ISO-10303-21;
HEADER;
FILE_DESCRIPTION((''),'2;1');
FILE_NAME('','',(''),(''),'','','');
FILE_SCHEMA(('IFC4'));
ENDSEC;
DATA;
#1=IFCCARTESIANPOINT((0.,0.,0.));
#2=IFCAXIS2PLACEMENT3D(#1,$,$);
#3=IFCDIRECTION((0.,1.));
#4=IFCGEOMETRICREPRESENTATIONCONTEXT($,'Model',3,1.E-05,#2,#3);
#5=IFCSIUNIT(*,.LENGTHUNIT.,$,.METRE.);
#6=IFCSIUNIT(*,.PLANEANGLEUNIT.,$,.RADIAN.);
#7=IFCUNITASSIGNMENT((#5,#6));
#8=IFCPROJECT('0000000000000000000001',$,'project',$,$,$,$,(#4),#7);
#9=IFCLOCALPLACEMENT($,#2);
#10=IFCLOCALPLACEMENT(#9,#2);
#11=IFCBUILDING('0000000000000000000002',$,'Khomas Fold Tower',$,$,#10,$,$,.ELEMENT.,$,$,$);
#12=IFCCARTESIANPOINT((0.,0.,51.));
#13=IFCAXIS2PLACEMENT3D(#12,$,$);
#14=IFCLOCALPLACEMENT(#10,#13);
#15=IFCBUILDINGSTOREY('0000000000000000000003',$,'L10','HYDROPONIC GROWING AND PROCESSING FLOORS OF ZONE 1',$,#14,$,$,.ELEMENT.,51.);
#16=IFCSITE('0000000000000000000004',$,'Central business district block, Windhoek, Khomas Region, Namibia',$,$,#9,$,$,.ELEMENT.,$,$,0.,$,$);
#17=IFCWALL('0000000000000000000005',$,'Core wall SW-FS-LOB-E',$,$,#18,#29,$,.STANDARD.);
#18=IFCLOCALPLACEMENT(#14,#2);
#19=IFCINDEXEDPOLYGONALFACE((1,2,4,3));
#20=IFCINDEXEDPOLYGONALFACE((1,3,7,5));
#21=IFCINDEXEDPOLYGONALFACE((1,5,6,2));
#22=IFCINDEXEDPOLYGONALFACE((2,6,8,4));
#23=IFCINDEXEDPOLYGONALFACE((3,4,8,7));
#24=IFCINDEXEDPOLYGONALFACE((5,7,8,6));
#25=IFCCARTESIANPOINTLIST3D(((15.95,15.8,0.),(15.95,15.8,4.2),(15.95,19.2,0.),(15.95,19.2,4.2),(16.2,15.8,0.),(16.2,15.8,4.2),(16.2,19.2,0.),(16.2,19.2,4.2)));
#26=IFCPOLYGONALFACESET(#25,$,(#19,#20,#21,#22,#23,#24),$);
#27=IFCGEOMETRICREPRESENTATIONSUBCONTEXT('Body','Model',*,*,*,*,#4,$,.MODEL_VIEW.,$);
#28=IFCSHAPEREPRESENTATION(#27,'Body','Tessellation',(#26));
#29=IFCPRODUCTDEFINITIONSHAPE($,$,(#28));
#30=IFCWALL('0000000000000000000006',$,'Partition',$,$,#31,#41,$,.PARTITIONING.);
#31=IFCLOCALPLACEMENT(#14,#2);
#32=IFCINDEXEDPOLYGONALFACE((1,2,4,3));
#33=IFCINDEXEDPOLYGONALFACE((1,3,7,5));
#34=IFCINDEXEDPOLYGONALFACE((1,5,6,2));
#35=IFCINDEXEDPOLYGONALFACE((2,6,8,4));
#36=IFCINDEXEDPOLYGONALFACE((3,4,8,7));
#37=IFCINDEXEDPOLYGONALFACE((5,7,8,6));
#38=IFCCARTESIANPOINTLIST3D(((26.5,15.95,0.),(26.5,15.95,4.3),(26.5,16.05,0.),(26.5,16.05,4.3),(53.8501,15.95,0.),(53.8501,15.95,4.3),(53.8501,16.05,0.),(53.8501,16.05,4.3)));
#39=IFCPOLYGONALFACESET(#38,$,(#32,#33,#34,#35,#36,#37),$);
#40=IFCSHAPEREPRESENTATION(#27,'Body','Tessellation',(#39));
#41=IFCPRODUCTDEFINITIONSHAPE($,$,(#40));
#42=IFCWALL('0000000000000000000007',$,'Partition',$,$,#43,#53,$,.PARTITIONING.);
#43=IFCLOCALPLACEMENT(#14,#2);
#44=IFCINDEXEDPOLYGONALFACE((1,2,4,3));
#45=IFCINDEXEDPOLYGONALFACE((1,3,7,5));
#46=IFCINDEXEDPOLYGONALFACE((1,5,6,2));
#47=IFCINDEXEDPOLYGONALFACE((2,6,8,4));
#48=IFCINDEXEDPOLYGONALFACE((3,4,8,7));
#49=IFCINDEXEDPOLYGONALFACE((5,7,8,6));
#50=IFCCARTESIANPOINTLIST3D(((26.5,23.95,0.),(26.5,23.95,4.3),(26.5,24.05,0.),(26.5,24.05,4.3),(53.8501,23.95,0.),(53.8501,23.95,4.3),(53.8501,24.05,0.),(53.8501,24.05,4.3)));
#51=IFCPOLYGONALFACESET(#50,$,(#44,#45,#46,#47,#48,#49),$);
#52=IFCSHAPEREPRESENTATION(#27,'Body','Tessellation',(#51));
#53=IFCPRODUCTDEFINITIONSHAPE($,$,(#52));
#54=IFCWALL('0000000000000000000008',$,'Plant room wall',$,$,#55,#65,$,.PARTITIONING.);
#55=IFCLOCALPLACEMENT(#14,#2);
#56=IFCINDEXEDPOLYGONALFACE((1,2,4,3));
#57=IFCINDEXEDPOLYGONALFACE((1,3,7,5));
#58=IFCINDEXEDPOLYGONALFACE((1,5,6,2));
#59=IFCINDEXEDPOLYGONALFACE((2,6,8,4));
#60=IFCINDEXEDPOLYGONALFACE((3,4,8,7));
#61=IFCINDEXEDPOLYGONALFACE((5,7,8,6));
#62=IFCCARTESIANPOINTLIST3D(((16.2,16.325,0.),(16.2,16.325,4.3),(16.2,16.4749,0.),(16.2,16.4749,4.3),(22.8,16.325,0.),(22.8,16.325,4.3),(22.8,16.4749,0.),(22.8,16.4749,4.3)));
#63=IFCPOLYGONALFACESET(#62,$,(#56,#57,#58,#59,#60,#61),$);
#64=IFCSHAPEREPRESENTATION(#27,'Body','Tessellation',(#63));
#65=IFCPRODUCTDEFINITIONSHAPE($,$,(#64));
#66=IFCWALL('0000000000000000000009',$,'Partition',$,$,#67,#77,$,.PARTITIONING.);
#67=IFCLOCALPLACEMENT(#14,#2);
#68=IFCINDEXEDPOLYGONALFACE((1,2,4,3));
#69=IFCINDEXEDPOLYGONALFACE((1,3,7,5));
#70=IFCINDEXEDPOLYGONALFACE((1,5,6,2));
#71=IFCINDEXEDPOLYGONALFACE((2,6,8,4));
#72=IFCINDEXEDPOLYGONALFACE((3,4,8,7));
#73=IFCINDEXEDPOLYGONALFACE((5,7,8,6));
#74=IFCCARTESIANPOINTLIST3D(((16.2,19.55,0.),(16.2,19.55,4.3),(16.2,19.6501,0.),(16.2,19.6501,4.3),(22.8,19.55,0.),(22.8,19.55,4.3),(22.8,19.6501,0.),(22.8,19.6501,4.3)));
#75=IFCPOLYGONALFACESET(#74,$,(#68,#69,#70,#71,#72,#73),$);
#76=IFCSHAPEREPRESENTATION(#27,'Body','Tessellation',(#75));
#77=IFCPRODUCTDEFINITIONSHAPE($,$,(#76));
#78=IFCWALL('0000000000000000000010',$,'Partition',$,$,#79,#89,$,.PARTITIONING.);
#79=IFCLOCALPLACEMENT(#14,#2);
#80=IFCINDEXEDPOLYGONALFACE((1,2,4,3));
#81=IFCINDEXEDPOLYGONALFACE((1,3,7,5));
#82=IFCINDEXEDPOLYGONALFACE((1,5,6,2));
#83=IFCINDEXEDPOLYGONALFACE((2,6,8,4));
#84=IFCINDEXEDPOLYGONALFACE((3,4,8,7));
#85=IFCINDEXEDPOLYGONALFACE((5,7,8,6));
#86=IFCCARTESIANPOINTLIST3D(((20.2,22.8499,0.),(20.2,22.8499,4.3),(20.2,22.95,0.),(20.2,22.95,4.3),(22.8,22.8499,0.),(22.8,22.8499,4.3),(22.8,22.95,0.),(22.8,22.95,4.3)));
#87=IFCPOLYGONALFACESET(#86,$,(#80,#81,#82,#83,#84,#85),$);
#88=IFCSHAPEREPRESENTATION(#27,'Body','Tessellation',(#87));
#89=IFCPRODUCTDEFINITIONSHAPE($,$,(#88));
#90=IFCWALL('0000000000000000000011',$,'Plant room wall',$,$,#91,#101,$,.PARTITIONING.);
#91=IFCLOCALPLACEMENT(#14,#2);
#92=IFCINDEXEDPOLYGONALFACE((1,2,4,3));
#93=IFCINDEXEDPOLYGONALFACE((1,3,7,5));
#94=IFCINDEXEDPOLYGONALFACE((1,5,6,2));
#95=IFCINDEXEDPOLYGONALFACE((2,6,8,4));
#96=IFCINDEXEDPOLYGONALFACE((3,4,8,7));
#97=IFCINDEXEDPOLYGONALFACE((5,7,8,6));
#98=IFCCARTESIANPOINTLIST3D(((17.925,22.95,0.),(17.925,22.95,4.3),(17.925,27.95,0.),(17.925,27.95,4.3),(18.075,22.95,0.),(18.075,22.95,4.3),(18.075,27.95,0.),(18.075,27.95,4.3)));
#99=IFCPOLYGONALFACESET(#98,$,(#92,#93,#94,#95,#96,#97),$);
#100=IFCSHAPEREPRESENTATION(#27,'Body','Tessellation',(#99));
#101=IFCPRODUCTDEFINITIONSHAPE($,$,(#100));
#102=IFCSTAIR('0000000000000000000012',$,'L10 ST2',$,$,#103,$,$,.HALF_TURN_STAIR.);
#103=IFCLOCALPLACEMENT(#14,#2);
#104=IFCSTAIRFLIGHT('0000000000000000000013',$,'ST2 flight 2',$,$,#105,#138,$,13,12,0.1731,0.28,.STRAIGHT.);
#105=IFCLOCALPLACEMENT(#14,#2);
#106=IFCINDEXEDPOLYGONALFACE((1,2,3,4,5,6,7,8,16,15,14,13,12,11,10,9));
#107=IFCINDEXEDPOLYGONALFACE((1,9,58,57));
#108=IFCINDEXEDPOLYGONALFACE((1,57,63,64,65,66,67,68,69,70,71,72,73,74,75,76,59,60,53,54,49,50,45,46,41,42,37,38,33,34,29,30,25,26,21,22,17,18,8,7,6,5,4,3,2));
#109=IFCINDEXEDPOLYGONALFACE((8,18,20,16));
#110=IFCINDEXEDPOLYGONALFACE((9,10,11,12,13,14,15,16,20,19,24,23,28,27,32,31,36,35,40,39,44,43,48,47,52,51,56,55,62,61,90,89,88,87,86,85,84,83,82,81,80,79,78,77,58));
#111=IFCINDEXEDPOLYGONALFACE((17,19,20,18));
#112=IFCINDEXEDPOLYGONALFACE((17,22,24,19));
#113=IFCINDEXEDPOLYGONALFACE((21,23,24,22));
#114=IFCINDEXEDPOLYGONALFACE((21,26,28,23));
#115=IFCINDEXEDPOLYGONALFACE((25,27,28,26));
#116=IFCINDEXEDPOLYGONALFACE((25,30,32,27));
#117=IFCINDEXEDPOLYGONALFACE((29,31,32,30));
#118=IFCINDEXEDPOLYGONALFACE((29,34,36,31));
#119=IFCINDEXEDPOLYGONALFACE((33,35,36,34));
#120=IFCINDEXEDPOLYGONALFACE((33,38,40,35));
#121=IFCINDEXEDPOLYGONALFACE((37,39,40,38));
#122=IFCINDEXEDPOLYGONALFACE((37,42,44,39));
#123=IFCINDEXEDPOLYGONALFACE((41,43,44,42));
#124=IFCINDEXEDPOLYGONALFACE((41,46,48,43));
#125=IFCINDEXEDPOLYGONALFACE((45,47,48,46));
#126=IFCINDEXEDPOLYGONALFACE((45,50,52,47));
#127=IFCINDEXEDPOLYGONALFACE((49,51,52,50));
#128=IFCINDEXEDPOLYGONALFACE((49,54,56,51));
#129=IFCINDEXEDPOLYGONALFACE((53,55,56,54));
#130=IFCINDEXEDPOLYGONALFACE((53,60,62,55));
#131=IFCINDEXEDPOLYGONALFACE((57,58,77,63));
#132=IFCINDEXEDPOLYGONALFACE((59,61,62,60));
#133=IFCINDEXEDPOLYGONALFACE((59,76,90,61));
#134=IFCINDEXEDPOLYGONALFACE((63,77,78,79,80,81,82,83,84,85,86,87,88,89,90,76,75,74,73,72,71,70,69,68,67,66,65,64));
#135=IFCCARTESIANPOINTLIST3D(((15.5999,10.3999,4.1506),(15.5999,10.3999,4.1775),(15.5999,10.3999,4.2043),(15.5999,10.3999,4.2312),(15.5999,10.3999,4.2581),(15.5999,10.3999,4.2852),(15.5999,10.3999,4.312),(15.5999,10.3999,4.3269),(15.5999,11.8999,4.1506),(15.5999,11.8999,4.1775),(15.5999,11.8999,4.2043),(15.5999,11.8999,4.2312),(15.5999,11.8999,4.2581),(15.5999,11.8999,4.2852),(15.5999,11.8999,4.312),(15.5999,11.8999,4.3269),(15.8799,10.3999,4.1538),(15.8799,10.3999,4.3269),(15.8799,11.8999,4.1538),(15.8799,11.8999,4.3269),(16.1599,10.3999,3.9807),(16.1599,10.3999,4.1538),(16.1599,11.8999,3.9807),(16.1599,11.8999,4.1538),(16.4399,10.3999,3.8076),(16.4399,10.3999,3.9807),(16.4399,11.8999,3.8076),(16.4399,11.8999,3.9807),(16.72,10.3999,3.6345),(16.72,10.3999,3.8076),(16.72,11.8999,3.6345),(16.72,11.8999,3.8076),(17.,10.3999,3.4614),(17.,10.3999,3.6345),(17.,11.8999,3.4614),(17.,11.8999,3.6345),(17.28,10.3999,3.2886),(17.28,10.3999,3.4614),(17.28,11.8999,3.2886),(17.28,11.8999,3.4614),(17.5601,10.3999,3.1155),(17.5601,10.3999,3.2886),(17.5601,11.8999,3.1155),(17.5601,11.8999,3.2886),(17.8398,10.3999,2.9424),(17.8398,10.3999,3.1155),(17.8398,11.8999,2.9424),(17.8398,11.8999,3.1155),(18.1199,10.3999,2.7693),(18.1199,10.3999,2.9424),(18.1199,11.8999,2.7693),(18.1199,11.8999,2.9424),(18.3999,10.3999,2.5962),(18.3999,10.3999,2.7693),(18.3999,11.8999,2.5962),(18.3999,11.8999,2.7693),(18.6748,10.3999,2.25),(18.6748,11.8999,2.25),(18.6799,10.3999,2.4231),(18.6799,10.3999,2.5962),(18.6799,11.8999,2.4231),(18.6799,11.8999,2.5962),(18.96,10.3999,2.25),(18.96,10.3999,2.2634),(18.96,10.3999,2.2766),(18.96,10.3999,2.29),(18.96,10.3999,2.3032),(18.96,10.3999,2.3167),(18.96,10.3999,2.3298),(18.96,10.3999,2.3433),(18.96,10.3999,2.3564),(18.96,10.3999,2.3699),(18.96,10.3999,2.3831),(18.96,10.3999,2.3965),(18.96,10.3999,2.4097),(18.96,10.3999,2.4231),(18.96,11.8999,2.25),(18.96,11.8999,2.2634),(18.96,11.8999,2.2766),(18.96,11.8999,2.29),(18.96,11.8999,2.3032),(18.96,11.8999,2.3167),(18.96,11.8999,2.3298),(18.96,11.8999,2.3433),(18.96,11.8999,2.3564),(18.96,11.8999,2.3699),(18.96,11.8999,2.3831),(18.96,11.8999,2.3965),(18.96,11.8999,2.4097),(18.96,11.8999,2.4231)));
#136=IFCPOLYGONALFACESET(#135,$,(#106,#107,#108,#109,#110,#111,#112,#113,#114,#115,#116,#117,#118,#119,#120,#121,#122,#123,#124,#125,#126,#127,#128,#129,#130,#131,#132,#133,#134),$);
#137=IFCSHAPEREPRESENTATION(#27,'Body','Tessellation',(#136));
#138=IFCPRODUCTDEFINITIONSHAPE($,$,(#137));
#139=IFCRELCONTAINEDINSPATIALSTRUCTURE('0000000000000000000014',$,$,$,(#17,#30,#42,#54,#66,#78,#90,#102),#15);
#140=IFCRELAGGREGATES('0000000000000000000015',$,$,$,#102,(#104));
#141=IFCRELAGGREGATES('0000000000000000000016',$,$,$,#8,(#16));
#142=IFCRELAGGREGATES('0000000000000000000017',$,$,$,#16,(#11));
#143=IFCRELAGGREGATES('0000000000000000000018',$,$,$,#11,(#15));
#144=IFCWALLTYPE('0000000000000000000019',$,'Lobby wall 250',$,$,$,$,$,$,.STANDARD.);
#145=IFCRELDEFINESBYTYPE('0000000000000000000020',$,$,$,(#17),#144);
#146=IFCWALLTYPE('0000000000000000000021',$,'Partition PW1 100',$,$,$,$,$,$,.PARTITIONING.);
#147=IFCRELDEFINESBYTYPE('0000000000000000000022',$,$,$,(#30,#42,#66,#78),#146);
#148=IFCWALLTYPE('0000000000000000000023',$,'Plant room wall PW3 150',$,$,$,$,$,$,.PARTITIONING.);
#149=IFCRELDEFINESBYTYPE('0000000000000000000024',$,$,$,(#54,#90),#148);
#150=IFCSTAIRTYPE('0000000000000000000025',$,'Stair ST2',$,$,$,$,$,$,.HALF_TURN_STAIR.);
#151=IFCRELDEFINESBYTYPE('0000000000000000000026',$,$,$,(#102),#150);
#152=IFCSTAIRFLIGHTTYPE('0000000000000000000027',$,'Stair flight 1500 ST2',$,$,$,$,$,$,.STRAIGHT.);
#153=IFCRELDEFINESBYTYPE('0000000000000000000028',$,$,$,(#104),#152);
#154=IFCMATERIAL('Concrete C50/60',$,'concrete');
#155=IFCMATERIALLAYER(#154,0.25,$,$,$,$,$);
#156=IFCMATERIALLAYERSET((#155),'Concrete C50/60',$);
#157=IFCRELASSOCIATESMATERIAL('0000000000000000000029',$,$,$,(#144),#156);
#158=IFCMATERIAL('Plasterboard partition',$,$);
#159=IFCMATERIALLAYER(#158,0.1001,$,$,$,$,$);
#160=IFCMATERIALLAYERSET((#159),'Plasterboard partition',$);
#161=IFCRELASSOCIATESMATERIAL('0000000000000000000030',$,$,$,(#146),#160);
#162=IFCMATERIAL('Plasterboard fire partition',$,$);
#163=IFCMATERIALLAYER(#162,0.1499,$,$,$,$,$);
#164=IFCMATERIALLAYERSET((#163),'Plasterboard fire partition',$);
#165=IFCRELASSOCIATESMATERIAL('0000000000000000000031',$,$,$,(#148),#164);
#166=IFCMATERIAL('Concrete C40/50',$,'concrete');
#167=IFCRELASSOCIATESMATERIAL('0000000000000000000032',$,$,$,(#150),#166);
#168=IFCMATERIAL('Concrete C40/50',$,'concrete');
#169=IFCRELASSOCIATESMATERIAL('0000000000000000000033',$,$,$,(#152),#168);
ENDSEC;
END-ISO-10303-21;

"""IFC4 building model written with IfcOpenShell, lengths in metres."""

from ifc_helpers import new_model, si_unit, direction, frame, frame_2d, origin, place, context, subcontext, project, spatial, polyline, rectangle, outline, extrude, source, transform, mapped, material, layer, layer_set, type_object, element, aggregate, save


model = new_model("IFC4")

# Units and contexts
model_context = context("Model", 3, precision=1e-05, world=origin(), true_north=direction((0.0, 1.0)))
body_context = subcontext(model_context, "Body", "Model", "MODEL_VIEW")
ifc_project = project(units=[si_unit("LENGTHUNIT", "METRE"), si_unit("PLANEANGLEUNIT", "RADIAN")], contexts=[model_context])

# Site, building, storey
site_placement = place(None, origin())
site = spatial("IfcSite", under=ifc_project, at=site_placement, Name="Central business district block, Windhoek, Khomas Region, Namibia", CompositionType="ELEMENT", RefElevation=0.0)
building_placement = place(site_placement, origin())
building = spatial("IfcBuilding", under=site, at=building_placement, Name="Khomas Fold Tower", CompositionType="ELEMENT")
storey_placement = place(building_placement, frame((0.0, 0.0, 51.0)))
storey = spatial("IfcBuildingStorey", under=building, at=storey_placement, Name="L10", Description="HYDROPONIC GROWING AND PROCESSING FLOORS OF ZONE 1", CompositionType="ELEMENT", Elevation=51.0)

# Walls
ifc_material_1 = material(Name="Concrete C50/60", Category="concrete")
ifc_layer_1 = layer(ifc_material_1, 0.25)
ifc_layer_set_1 = layer_set([ifc_layer_1], Name="Concrete C50/60")
wall_type_1 = type_object("IfcWallType", Name="Lobby wall 250", PredefinedType="STANDARD", material=ifc_layer_set_1)
shared_shape_1 = source(origin(), body_context, "Body", "SweptSolid", [
    extrude(rectangle(XDim=3.3999, YDim=0.25, at=frame_2d((1.7, 0.0))), origin(), (0.0, 0.0, 1.0), 4.2),
])
wall_1_placement = place(storey_placement, frame((16.075, 15.8, 0.0), z_axis=(0.0, 0.0, 1.0), x_axis=(0.0, 1.0, 0.0)))
element("IfcWall", 1, at=wall_1_placement, inside=storey, type_object=wall_type_1, Name="Core wall SW-FS-LOB-E", PredefinedType="STANDARD", context=body_context, shape_type="MappedRepresentation", body=[
    mapped(shared_shape_1, transform((0.0, 0.0, 0.0))),
])
ifc_material_2 = material(Name="Plasterboard partition")
ifc_layer_2 = layer(ifc_material_2, 0.1001)
ifc_layer_set_2 = layer_set([ifc_layer_2], Name="Plasterboard partition")
wall_type_2 = type_object("IfcWallType", Name="Partition PW1 100", PredefinedType="PARTITIONING", material=ifc_layer_set_2)
shared_shape_2 = source(origin(), body_context, "Body", "SweptSolid", [
    extrude(rectangle(XDim=27.3501, YDim=0.1001, at=frame_2d((13.675, 0.0))), origin(), (0.0, 0.0, 1.0), 4.3),
])
for number, where, z_axis, x_axis, name in (
    (2, (26.5, 16.0, 0.0), (0.0, 0.0, 1.0), (1.0, 0.0, 0.0), "Partition"),
    (3, (26.5, 24.0, 0.0), (0.0, 0.0, 1.0), (1.0, 0.0, 0.0), "Partition"),
):
    element("IfcWall", number, at=place(storey_placement, frame(where, z_axis=z_axis, x_axis=x_axis)), inside=storey, type_object=wall_type_2, Name=name, PredefinedType="PARTITIONING", context=body_context, shape_type="MappedRepresentation", body=[
        mapped(shared_shape_2, transform((0.0, 0.0, 0.0))),
    ])
ifc_material_3 = material(Name="Plasterboard fire partition")
ifc_layer_3 = layer(ifc_material_3, 0.1499)
ifc_layer_set_3 = layer_set([ifc_layer_3], Name="Plasterboard fire partition")
wall_type_3 = type_object("IfcWallType", Name="Plant room wall PW3 150", PredefinedType="PARTITIONING", material=ifc_layer_set_3)
shared_shape_3 = source(origin(), body_context, "Body", "SweptSolid", [
    extrude(rectangle(XDim=6.6001, YDim=0.1499, at=frame_2d((3.3, 0.0))), origin(), (0.0, 0.0, 1.0), 4.3),
])
wall_2_placement = place(storey_placement, frame((16.2, 16.3999, 0.0), z_axis=(0.0, 0.0, 1.0), x_axis=(1.0, 0.0, 0.0)))
element("IfcWall", 4, at=wall_2_placement, inside=storey, type_object=wall_type_3, Name="Plant room wall", PredefinedType="PARTITIONING", context=body_context, shape_type="MappedRepresentation", body=[
    mapped(shared_shape_3, transform((0.0, 0.0, 0.0))),
])
shared_shape_4 = source(origin(), body_context, "Body", "SweptSolid", [
    extrude(rectangle(XDim=6.6001, YDim=0.1001, at=frame_2d((3.3, 0.0))), origin(), (0.0, 0.0, 1.0), 4.3),
])
wall_3_placement = place(storey_placement, frame((16.2, 19.6001, 0.0), z_axis=(0.0, 0.0, 1.0), x_axis=(1.0, 0.0, 0.0)))
element("IfcWall", 5, at=wall_3_placement, inside=storey, type_object=wall_type_2, Name="Partition", PredefinedType="PARTITIONING", context=body_context, shape_type="MappedRepresentation", body=[
    mapped(shared_shape_4, transform((0.0, 0.0, 0.0))),
])
shared_shape_5 = source(origin(), body_context, "Body", "SweptSolid", [
    extrude(rectangle(XDim=2.6001, YDim=0.1001, at=frame_2d((1.3, 0.0))), origin(), (0.0, 0.0, 1.0), 4.3),
])
wall_4_placement = place(storey_placement, frame((20.2, 22.8999, 0.0), z_axis=(0.0, 0.0, 1.0), x_axis=(1.0, 0.0, 0.0)))
element("IfcWall", 6, at=wall_4_placement, inside=storey, type_object=wall_type_2, Name="Partition", PredefinedType="PARTITIONING", context=body_context, shape_type="MappedRepresentation", body=[
    mapped(shared_shape_5, transform((0.0, 0.0, 0.0))),
])
shared_shape_6 = source(origin(), body_context, "Body", "SweptSolid", [
    extrude(rectangle(XDim=5.0, YDim=0.1499, at=frame_2d((2.5, 0.0))), origin(), (0.0, 0.0, 1.0), 4.3),
])
wall_5_placement = place(storey_placement, frame((18.0, 22.95, 0.0), z_axis=(0.0, 0.0, 1.0), x_axis=(0.0, 1.0, 0.0)))
element("IfcWall", 7, at=wall_5_placement, inside=storey, type_object=wall_type_3, Name="Plant room wall", PredefinedType="PARTITIONING", context=body_context, shape_type="MappedRepresentation", body=[
    mapped(shared_shape_6, transform((0.0, 0.0, 0.0))),
])

# Stair, stair flight
ifc_material_4 = material(Name="Concrete C40/50", Category="concrete")
stair_type = type_object("IfcStairType", Name="Stair ST2", PredefinedType="HALF_TURN_STAIR", material=ifc_material_4)
stair_placement = place(storey_placement, origin())
stair = element("IfcStair", 8, at=stair_placement, inside=storey, type_object=stair_type, Name="L10 ST2", PredefinedType="HALF_TURN_STAIR")
ifc_material_5 = material(Name="Concrete C40/50", Category="concrete")
stair_flight_type = type_object("IfcStairFlightType", Name="Stair flight 1500 ST2", PredefinedType="STRAIGHT", material=ifc_material_5)
shared_shape_7 = source(origin(), body_context, "Body", "SweptSolid", [
    extrude(outline(polyline([(0.0, 0.0), (0.0, 0.0134), (0.0, 0.0266), (0.0, 0.04), (0.0, 0.0532), (0.0, 0.0667), (0.0, 0.0798), (0.0, 0.0933), (0.0, 0.1064), (0.0, 0.1199), (0.0, 0.1331), (0.0, 0.1465), (0.0, 0.1597), (0.0, 0.1731), (0.28, 0.1731), (0.28, 0.3462), (0.5601, 0.3462), (0.5601, 0.5193), (0.8401, 0.5193), (0.8401, 0.6924), (1.1201, 0.6924), (1.1201, 0.8655), (1.3999, 0.8655), (1.3999, 1.0386), (1.6799, 1.0386), (1.6799, 1.2114), (1.96, 1.2114), (1.96, 1.3845), (2.24, 1.3845), (2.24, 1.5576), (2.52, 1.5576), (2.52, 1.7307), (2.8, 1.7307), (2.8, 1.9038), (3.0801, 1.9038), (3.0801, 2.0769), (3.3601, 2.0769), (3.3601, 2.25), (3.3601, 2.2231), (3.3601, 2.1963), (3.3601, 2.1694), (3.3601, 2.1426), (3.3601, 2.1157), (3.3601, 2.0889), (3.3601, 2.062), (3.3601, 2.0352), (3.3601, 2.0081), (3.3601, 1.9812), (3.3601, 1.9543), (3.3601, 1.9275), (3.3601, 1.9006), (0.2852, 0.0), (0.0, 0.0)])), frame((0.0, 0.75, 0.0), z_axis=(0.0, -1.0, 0.0), x_axis=(1.0, 0.0, 0.0)), (0.0, 0.0, 1.0), 1.5),
])
stair_flight_placement = place(storey_placement, frame((18.96, 11.1499, 2.25), z_axis=(0.0, 0.0, 1.0), x_axis=(-1.0, 0.0, 0.0)))
stair_flight = element("IfcStairFlight", 9, at=stair_flight_placement, type_object=stair_flight_type, Name="ST2 flight 2", NumberOfRisers=13, NumberOfTreads=12, PredefinedType="STRAIGHT", RiserHeight=0.1731, TreadLength=0.28, context=body_context, shape_type="MappedRepresentation", body=[
    mapped(shared_shape_7, transform((0.0, 0.0, 0.0))),
])
aggregate(stair, [stair_flight])

save(model, "model.ifc")
